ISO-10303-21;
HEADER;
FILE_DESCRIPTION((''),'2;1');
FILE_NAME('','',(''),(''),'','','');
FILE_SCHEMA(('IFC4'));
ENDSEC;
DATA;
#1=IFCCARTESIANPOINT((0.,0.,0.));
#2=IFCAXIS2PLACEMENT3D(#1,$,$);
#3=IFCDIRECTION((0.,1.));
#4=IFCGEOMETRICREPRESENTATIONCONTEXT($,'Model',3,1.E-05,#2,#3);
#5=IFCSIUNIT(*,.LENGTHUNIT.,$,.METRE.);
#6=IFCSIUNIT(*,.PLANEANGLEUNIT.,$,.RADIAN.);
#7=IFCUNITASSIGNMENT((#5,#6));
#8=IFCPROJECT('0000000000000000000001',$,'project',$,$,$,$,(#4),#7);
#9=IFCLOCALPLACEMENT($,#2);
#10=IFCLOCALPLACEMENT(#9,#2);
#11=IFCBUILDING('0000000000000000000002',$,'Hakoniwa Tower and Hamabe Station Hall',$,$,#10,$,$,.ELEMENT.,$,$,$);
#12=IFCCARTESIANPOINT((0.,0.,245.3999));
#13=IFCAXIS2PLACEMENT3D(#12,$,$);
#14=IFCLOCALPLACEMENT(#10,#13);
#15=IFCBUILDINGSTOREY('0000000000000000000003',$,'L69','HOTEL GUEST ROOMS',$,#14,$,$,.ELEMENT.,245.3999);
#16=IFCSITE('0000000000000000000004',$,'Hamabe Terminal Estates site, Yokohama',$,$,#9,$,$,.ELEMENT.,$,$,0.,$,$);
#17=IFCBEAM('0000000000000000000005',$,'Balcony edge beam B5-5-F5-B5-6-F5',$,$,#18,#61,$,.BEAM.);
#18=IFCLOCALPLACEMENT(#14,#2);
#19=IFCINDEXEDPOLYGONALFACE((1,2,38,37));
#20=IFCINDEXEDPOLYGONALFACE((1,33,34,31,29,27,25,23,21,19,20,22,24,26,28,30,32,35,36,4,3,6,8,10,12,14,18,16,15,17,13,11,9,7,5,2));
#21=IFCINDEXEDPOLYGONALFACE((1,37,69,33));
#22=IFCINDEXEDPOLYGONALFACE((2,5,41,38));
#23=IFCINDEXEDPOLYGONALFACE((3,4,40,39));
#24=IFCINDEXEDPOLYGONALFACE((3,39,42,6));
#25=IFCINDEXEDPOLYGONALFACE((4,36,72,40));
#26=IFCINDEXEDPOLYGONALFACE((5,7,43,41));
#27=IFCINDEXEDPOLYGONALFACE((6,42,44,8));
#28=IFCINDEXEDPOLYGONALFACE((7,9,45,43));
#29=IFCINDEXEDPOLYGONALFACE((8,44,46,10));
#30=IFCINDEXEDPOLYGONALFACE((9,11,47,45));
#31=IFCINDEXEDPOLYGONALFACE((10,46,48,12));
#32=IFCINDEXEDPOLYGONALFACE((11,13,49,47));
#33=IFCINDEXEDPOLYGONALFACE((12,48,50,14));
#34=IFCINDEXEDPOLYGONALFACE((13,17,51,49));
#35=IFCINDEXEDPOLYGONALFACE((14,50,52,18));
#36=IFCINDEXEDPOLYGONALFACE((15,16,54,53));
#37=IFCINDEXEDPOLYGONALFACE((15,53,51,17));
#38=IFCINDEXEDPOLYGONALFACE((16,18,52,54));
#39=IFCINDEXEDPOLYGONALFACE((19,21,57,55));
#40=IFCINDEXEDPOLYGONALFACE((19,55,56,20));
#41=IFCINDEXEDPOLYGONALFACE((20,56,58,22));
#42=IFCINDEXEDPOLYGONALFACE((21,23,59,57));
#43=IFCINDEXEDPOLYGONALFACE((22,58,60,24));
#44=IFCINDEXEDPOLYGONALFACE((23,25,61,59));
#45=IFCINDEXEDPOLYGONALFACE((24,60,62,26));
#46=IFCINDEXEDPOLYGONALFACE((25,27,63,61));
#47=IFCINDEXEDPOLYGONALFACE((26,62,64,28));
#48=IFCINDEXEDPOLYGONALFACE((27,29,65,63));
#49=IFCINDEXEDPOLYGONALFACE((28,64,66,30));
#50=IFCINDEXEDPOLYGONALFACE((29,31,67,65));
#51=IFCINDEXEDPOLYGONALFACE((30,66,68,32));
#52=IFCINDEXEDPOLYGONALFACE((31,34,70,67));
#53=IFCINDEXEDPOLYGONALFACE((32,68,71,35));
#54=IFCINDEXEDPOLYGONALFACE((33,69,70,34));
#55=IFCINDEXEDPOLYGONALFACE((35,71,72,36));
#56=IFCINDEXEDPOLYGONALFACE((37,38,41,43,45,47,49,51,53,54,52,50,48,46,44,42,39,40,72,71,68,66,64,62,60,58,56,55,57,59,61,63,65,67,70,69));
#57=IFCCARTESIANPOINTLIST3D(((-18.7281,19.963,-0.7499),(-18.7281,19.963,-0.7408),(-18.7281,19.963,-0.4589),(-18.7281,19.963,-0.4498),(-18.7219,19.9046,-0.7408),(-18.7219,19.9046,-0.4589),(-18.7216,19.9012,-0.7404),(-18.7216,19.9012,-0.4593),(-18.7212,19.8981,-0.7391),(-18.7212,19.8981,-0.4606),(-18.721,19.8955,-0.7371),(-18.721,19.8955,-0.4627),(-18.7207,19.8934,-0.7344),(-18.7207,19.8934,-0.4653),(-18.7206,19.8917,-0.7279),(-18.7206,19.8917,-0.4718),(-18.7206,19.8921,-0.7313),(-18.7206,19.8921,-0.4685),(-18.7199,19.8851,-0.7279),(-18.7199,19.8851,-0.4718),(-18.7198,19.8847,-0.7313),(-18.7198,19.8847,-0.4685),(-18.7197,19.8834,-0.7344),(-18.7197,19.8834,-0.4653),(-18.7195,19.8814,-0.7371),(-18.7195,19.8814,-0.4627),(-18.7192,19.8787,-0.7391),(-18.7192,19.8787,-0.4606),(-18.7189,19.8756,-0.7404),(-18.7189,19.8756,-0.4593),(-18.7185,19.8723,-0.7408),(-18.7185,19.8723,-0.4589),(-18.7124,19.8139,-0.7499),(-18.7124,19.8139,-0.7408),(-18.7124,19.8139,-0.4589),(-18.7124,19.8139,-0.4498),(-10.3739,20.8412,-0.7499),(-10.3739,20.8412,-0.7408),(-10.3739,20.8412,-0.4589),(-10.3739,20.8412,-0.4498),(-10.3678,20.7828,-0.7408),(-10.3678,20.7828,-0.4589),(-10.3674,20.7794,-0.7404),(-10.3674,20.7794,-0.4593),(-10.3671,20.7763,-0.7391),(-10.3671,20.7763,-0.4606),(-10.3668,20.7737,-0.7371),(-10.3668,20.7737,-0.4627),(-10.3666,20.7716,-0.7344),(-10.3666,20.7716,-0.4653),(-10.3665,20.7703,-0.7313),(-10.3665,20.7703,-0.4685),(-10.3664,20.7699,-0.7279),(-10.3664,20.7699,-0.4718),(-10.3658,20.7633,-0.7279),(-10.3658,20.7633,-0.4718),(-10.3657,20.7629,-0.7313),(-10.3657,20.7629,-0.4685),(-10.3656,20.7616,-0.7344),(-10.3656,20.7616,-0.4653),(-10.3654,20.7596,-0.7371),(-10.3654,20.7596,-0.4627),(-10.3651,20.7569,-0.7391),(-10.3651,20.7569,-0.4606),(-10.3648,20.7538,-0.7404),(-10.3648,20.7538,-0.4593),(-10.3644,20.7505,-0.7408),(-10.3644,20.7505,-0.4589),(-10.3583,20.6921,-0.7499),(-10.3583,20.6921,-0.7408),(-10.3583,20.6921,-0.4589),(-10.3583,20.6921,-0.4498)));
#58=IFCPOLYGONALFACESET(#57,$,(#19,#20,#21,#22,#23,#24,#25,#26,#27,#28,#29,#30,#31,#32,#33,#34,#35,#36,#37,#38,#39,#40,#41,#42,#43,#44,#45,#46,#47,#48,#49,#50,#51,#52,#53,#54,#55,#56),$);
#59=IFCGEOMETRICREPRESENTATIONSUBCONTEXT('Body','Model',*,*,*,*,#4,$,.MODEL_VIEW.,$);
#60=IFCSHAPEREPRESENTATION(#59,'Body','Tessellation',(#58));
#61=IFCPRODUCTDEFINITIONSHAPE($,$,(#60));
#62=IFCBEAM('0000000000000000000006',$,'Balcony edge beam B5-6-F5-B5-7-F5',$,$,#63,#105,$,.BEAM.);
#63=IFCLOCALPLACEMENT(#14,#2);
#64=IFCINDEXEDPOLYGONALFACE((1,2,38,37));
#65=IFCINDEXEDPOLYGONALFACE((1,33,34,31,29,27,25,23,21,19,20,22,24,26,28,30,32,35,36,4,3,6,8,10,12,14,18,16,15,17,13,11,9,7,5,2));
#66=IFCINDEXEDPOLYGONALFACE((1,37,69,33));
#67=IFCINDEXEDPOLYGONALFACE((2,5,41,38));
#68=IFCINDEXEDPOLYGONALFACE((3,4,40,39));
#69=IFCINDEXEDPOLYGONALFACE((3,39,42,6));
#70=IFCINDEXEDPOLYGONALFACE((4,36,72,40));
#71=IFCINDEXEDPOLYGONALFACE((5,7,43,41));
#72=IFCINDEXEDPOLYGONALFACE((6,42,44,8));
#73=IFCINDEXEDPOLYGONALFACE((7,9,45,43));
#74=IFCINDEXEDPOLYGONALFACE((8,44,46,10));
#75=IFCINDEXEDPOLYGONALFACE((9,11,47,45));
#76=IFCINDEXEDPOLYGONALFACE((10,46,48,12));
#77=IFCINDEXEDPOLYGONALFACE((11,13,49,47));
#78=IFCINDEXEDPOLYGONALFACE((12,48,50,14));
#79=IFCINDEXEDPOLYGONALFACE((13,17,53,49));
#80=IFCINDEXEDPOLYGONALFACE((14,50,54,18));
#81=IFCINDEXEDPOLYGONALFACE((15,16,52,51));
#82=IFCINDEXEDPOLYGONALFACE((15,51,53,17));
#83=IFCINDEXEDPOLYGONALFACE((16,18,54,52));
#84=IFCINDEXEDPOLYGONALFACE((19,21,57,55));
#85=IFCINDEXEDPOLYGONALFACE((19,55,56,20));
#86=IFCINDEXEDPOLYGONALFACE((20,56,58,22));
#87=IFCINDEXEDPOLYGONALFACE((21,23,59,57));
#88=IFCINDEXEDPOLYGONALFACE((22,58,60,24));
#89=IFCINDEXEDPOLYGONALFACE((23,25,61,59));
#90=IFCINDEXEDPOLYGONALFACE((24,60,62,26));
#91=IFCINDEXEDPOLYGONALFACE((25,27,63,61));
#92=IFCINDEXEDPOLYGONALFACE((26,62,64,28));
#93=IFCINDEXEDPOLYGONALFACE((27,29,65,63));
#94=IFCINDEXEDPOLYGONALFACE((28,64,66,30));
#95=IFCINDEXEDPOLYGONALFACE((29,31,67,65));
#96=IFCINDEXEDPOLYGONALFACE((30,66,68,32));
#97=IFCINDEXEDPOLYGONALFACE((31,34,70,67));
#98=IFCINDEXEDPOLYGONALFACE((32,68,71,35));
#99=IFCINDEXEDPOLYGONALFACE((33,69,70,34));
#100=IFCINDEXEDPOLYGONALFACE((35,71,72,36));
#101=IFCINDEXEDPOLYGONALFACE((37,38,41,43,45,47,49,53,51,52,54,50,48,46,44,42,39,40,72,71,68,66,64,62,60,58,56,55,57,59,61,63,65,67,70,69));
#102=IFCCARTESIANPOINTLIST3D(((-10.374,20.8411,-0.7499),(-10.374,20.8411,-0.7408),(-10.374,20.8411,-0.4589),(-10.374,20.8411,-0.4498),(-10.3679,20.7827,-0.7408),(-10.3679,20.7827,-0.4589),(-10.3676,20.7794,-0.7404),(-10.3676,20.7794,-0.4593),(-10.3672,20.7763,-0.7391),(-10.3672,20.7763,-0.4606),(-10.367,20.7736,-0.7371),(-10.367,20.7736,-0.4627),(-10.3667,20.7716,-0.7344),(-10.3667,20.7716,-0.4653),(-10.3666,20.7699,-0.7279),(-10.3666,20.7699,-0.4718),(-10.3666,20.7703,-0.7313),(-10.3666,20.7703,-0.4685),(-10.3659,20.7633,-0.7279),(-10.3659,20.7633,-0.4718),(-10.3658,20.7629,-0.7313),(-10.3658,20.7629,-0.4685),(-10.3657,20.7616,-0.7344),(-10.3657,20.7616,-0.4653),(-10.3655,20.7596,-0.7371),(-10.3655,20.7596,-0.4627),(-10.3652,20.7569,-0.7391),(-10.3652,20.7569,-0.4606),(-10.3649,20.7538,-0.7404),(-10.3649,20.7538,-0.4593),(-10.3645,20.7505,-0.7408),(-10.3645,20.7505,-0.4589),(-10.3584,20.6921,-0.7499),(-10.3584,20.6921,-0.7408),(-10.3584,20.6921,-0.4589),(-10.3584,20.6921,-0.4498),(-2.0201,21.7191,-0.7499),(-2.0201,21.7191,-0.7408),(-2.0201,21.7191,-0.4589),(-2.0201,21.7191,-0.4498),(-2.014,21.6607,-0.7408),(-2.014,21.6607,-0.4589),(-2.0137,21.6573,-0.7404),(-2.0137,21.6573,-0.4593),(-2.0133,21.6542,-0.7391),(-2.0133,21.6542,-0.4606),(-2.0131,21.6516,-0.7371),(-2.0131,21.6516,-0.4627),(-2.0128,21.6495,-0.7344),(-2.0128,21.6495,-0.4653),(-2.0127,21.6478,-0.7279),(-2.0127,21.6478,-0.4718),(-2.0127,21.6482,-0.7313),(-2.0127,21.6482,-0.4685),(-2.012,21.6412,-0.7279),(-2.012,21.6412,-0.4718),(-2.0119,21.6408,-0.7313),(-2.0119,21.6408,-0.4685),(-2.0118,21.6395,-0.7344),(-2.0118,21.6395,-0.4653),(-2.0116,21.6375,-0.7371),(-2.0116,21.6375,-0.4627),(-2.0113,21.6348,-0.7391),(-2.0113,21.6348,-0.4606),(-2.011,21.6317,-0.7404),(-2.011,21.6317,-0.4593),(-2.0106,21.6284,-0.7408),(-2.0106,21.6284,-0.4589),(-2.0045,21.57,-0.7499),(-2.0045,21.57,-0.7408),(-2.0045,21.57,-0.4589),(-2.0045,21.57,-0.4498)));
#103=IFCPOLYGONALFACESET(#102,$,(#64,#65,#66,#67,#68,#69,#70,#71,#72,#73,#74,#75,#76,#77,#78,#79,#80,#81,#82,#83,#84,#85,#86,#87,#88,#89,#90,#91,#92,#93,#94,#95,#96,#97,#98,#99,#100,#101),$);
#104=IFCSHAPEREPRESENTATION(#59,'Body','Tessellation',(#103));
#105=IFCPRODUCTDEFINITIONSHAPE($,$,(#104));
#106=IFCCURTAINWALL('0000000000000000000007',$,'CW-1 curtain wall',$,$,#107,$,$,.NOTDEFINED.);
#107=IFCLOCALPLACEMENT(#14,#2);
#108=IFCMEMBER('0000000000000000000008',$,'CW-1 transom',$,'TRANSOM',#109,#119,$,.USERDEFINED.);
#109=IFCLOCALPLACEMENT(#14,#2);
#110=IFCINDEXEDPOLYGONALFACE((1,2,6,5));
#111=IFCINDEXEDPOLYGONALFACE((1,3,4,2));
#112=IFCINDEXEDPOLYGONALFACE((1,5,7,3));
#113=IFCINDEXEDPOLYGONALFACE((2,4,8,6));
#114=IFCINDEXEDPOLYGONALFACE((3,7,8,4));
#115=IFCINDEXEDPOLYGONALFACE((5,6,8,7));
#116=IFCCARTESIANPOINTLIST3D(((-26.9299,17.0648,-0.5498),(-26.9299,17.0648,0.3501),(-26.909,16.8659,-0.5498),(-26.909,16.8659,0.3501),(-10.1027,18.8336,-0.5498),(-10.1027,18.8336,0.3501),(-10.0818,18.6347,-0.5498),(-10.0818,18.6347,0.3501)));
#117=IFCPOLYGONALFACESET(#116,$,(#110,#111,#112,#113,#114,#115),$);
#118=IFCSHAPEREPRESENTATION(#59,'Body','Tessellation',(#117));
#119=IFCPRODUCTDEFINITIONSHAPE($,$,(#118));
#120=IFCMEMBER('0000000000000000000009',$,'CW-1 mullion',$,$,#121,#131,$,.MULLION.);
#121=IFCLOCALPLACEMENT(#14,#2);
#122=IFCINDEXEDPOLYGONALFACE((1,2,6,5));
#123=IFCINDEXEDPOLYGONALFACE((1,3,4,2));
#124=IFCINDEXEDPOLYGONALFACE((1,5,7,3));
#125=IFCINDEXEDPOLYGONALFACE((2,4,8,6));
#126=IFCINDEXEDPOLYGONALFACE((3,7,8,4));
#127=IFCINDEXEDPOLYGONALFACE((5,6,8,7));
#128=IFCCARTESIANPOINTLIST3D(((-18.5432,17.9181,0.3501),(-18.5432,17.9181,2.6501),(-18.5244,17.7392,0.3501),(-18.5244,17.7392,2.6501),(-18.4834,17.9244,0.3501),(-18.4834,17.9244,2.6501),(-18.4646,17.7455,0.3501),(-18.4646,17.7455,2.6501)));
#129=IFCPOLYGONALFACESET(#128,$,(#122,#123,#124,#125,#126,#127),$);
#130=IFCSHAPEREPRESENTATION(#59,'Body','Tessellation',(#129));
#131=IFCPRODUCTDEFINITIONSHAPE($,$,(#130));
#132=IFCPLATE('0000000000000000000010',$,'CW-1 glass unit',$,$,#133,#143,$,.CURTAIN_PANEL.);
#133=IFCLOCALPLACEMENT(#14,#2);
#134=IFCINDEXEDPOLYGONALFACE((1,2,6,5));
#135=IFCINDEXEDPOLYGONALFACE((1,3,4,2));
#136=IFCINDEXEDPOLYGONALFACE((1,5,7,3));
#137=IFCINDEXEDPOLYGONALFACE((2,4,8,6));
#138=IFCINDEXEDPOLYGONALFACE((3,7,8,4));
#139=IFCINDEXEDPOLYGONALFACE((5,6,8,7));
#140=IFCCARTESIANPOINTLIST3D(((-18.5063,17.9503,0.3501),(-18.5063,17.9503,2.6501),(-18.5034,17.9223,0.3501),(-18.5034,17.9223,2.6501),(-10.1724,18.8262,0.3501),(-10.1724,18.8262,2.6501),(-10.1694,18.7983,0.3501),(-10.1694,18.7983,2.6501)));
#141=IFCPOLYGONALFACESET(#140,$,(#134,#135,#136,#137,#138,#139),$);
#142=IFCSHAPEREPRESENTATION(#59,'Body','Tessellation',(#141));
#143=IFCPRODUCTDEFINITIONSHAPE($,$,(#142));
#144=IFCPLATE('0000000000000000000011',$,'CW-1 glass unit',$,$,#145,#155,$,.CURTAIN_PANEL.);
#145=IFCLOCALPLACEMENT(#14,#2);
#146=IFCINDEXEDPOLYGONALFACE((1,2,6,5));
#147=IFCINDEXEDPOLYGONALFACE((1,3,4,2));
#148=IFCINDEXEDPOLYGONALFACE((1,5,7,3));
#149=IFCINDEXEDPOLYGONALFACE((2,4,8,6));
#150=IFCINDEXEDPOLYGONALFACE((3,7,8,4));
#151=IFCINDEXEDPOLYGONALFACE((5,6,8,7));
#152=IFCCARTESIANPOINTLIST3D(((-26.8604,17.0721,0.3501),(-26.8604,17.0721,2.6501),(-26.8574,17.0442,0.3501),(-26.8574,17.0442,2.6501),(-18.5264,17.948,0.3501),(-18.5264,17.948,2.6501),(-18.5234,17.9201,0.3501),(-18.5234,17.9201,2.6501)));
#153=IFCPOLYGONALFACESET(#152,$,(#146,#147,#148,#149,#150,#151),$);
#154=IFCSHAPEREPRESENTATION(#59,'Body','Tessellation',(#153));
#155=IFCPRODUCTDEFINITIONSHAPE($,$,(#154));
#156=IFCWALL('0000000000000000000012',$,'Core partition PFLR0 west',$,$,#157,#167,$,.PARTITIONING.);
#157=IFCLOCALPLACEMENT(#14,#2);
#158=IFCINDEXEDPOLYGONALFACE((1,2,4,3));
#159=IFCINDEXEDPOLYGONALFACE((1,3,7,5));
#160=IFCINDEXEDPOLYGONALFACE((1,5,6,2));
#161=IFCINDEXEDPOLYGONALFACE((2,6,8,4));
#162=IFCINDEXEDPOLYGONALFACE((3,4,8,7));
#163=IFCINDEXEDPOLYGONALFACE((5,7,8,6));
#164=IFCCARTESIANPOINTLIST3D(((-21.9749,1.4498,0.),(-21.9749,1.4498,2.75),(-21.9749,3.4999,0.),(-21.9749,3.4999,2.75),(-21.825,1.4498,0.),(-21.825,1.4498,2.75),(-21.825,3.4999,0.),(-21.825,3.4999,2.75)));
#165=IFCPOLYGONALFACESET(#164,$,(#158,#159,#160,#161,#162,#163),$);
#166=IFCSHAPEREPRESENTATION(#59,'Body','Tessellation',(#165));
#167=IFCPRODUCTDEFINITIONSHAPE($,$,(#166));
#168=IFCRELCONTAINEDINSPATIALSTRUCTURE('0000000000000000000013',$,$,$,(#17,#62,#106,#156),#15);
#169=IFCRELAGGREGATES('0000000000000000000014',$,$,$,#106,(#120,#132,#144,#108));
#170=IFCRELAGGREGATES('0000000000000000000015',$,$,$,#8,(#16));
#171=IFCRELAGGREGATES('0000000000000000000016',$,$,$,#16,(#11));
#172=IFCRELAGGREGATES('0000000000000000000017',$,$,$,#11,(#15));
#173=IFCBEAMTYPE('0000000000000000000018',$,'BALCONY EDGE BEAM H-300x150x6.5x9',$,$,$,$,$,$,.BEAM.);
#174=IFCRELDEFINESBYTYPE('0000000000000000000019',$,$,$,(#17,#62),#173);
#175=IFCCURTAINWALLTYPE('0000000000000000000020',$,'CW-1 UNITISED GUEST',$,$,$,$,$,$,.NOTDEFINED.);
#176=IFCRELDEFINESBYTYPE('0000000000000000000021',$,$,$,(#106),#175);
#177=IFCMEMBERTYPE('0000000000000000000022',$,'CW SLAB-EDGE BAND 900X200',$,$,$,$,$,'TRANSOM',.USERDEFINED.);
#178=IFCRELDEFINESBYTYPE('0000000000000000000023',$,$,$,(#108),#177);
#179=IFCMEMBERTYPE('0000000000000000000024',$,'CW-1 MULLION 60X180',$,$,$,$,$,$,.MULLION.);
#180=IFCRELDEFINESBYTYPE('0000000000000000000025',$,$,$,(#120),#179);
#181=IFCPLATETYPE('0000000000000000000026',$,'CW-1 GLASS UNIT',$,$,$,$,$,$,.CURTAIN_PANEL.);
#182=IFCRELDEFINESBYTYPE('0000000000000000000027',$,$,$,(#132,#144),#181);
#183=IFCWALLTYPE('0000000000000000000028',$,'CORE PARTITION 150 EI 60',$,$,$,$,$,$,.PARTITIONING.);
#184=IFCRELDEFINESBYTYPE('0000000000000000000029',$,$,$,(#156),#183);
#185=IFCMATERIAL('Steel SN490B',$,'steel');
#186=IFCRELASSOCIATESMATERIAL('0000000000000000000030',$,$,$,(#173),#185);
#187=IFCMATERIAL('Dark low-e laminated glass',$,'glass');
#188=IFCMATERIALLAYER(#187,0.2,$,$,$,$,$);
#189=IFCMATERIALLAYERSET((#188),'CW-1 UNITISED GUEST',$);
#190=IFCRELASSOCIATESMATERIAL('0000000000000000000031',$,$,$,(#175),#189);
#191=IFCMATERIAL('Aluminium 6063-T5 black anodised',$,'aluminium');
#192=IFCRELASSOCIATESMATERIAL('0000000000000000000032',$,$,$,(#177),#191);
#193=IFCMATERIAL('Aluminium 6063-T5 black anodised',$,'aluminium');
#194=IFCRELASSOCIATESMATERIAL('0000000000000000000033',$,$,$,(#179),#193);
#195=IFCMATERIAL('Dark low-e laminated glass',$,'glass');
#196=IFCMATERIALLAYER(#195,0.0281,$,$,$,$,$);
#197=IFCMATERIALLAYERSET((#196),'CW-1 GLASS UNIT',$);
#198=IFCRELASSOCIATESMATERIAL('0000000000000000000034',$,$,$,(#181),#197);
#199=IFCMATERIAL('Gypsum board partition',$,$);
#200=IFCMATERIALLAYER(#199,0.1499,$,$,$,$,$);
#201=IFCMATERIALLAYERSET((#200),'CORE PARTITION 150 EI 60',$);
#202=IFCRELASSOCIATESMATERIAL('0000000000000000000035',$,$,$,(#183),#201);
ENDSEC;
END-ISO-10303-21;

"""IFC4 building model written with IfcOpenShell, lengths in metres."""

from ifc_helpers import new_model, si_unit, direction, frame, frame_2d, origin, origin_2d, place, context, subcontext, project, spatial, rectangle, i_section, extrude, material, layer, layer_set, material_profile, profile_set, type_object, element, aggregate, save


model = new_model("IFC4")

# Units and contexts
model_context = context("Model", 3, precision=1e-05, world=origin(), true_north=direction((0.0, 1.0)))
body_context = subcontext(model_context, "Body", "Model", "MODEL_VIEW")
ifc_project = project(units=[si_unit("LENGTHUNIT", "METRE"), si_unit("PLANEANGLEUNIT", "RADIAN")], contexts=[model_context])

# Site, building, storey
site_placement = place(None, origin())
site = spatial("IfcSite", under=ifc_project, at=site_placement, Name="Hamabe Terminal Estates site, Yokohama", CompositionType="ELEMENT", RefElevation=0.0)
building_placement = place(site_placement, origin())
building = spatial("IfcBuilding", under=site, at=building_placement, Name="Hakoniwa Tower and Hamabe Station Hall", CompositionType="ELEMENT")
storey_placement = place(building_placement, frame((0.0, 0.0, 245.3999)))
storey = spatial("IfcBuildingStorey", under=building, at=storey_placement, Name="L69", Description="HOTEL GUEST ROOMS", CompositionType="ELEMENT", Elevation=245.3999)

# Beams
ifc_material_1 = material(Name="Steel SN490B", Category="steel")
ifc_material_profile_1 = material_profile(ifc_material_1, i_section(OverallWidth=0.1499, OverallDepth=0.3, WebThickness=0.0066, FlangeThickness=0.009, FilletRadius=0.0129, at=origin_2d()), Name="H-300x150x6.5x9")
ifc_profile_set_1 = profile_set([ifc_material_profile_1], Name="Steel SN490B")
beam_type_1 = type_object("IfcBeamType", Name="BALCONY EDGE BEAM H-300x150x6.5x9", PredefinedType="BEAM", material=ifc_profile_set_1)
beam_1_placement = place(storey_placement, frame((-18.7202, 19.8884, -0.5999), z_axis=(0.99452, 0.104544, 0.0), x_axis=(-0.104544, 0.99452, 0.0)))
element("IfcBeam", 1, at=beam_1_placement, inside=storey, type_object=beam_type_1, Name="Balcony edge beam B5-5-F5-B5-6-F5", PredefinedType="BEAM", context=body_context, shape_type="SweptSolid", body=[
    extrude(i_section(OverallWidth=0.1499, OverallDepth=0.3, WebThickness=0.0066, FlangeThickness=0.009, FilletRadius=0.0129, at=origin_2d()), origin(), (0.0, 0.0, 1.0), 8.4001),
])
beam_2_placement = place(storey_placement, frame((-10.3662, 20.7666, -0.5999), z_axis=(0.994523, 0.104515, 0.0), x_axis=(-0.104515, 0.994523, 0.0)))
element("IfcBeam", 2, at=beam_2_placement, inside=storey, type_object=beam_type_1, Name="Balcony edge beam B5-6-F5-B5-7-F5", PredefinedType="BEAM", context=body_context, shape_type="SweptSolid", body=[
    extrude(i_section(OverallWidth=0.1499, OverallDepth=0.3, WebThickness=0.0066, FlangeThickness=0.009, FilletRadius=0.0129, at=origin_2d()), origin(), (0.0, 0.0, 1.0), 8.3999),
])

# Curtain wall, members, plates
ifc_material_2 = material(Name="Dark low-e laminated glass", Category="glass")
ifc_layer_1 = layer(ifc_material_2, 0.2)
ifc_layer_set_1 = layer_set([ifc_layer_1], Name="CW-1 UNITISED GUEST")
curtain_wall_type = type_object("IfcCurtainWallType", Name="CW-1 UNITISED GUEST", PredefinedType="NOTDEFINED", material=ifc_layer_set_1)
curtain_wall_placement = place(storey_placement, origin())
curtain_wall = element("IfcCurtainWall", 3, at=curtain_wall_placement, inside=storey, type_object=curtain_wall_type, Name="CW-1 curtain wall", PredefinedType="NOTDEFINED")
ifc_material_3 = material(Name="Aluminium 6063-T5 black anodised", Category="aluminium")
ifc_material_profile_2 = material_profile(ifc_material_3, rectangle(XDim=0.2, YDim=0.8999, at=origin_2d()), Name="CW SLAB-EDGE BAND 900X200")
ifc_profile_set_2 = profile_set([ifc_material_profile_2], Name="Aluminium 6063-T5 black anodised")
member_type_1 = type_object("IfcMemberType", Name="CW SLAB-EDGE BAND 900X200", ElementType="TRANSOM", PredefinedType="USERDEFINED", material=ifc_profile_set_2)
member_1_placement = place(storey_placement, frame((-10.0923, 18.7341, -0.0999), z_axis=(-0.994521, -0.10454, 0.0), x_axis=(0.10454, -0.994521, 0.0)))
member_1 = element("IfcMember", 4, at=member_1_placement, type_object=member_type_1, Name="CW-1 transom", ObjectType="TRANSOM", PredefinedType="USERDEFINED", context=body_context, shape_type="SweptSolid", body=[
    extrude(rectangle(XDim=0.2, YDim=0.8999, at=origin_2d()), origin(), (0.0, 0.0, 1.0), 16.9199),
])
ifc_material_4 = material(Name="Aluminium 6063-T5 black anodised", Category="aluminium")
ifc_material_profile_3 = material_profile(ifc_material_4, rectangle(XDim=0.0601, YDim=0.1799, at=origin_2d()), Name="CW-1 MULLION 60X180")
ifc_profile_set_3 = profile_set([ifc_material_profile_3], Name="Aluminium 6063-T5 black anodised")
member_type_2 = type_object("IfcMemberType", Name="CW-1 MULLION 60X180", PredefinedType="MULLION", material=ifc_profile_set_3)
member_2_placement = place(storey_placement, frame((-18.5039, 17.8318, 0.3501), z_axis=(0.0, 0.0, 1.0), x_axis=(-0.994522, -0.104528, 0.0)))
member_2 = element("IfcMember", 5, at=member_2_placement, type_object=member_type_2, Name="CW-1 mullion", PredefinedType="MULLION", context=body_context, shape_type="SweptSolid", body=[
    extrude(rectangle(XDim=0.0601, YDim=0.1799, at=origin_2d()), origin(), (0.0, 0.0, 1.0), 2.3),
])
ifc_material_5 = material(Name="Dark low-e laminated glass", Category="glass")
ifc_layer_2 = layer(ifc_material_5, 0.0281)
ifc_layer_set_2 = layer_set([ifc_layer_2], Name="CW-1 GLASS UNIT")
plate_type = type_object("IfcPlateType", Name="CW-1 GLASS UNIT", PredefinedType="CURTAIN_PANEL", material=ifc_layer_set_2)
plate_1_placement = place(storey_placement, frame((-14.3379, 18.3743, 0.3501), z_axis=(0.0, 0.0, 1.0), x_axis=(-0.994522, -0.104528, 0.0)))
plate_1 = element("IfcPlate", 6, at=plate_1_placement, type_object=plate_type, Name="CW-1 glass unit", PredefinedType="CURTAIN_PANEL", context=body_context, shape_type="SweptSolid", body=[
    extrude(rectangle(XDim=8.3799, YDim=0.0281, at=origin_2d()), origin(), (0.0, 0.0, 1.0), 2.3),
])
plate_2_placement = place(storey_placement, frame((-22.6919, 17.4961, 0.3501), z_axis=(0.0, 0.0, 1.0), x_axis=(-0.994522, -0.104528, 0.0)))
plate_2 = element("IfcPlate", 7, at=plate_2_placement, type_object=plate_type, Name="CW-1 glass unit", PredefinedType="CURTAIN_PANEL", context=body_context, shape_type="SweptSolid", body=[
    extrude(rectangle(XDim=8.3799, YDim=0.0281, at=origin_2d()), origin(), (0.0, 0.0, 1.0), 2.3),
])
aggregate(curtain_wall, [member_2, plate_1, plate_2, member_1])

# Wall
ifc_material_6 = material(Name="Gypsum board partition")
ifc_layer_3 = layer(ifc_material_6, 0.1499)
ifc_layer_set_3 = layer_set([ifc_layer_3], Name="CORE PARTITION 150 EI 60")
wall_type_1 = type_object("IfcWallType", Name="CORE PARTITION 150 EI 60", PredefinedType="PARTITIONING", material=ifc_layer_set_3)
wall_1_placement = place(storey_placement, frame((-21.8999, 1.45, 0.0), z_axis=(0.0, 0.0, 1.0), x_axis=(0.0, 1.0, 0.0)))
element("IfcWall", 8, at=wall_1_placement, inside=storey, type_object=wall_type_1, Name="Core partition PFLR0 west", PredefinedType="PARTITIONING", context=body_context, shape_type="SweptSolid", body=[
    extrude(rectangle(XDim=2.05, YDim=0.1499, at=frame_2d((1.0249, 0.0))), origin(), (0.0, 0.0, 1.0), 2.75),
])

save(model, "model.ifc")
